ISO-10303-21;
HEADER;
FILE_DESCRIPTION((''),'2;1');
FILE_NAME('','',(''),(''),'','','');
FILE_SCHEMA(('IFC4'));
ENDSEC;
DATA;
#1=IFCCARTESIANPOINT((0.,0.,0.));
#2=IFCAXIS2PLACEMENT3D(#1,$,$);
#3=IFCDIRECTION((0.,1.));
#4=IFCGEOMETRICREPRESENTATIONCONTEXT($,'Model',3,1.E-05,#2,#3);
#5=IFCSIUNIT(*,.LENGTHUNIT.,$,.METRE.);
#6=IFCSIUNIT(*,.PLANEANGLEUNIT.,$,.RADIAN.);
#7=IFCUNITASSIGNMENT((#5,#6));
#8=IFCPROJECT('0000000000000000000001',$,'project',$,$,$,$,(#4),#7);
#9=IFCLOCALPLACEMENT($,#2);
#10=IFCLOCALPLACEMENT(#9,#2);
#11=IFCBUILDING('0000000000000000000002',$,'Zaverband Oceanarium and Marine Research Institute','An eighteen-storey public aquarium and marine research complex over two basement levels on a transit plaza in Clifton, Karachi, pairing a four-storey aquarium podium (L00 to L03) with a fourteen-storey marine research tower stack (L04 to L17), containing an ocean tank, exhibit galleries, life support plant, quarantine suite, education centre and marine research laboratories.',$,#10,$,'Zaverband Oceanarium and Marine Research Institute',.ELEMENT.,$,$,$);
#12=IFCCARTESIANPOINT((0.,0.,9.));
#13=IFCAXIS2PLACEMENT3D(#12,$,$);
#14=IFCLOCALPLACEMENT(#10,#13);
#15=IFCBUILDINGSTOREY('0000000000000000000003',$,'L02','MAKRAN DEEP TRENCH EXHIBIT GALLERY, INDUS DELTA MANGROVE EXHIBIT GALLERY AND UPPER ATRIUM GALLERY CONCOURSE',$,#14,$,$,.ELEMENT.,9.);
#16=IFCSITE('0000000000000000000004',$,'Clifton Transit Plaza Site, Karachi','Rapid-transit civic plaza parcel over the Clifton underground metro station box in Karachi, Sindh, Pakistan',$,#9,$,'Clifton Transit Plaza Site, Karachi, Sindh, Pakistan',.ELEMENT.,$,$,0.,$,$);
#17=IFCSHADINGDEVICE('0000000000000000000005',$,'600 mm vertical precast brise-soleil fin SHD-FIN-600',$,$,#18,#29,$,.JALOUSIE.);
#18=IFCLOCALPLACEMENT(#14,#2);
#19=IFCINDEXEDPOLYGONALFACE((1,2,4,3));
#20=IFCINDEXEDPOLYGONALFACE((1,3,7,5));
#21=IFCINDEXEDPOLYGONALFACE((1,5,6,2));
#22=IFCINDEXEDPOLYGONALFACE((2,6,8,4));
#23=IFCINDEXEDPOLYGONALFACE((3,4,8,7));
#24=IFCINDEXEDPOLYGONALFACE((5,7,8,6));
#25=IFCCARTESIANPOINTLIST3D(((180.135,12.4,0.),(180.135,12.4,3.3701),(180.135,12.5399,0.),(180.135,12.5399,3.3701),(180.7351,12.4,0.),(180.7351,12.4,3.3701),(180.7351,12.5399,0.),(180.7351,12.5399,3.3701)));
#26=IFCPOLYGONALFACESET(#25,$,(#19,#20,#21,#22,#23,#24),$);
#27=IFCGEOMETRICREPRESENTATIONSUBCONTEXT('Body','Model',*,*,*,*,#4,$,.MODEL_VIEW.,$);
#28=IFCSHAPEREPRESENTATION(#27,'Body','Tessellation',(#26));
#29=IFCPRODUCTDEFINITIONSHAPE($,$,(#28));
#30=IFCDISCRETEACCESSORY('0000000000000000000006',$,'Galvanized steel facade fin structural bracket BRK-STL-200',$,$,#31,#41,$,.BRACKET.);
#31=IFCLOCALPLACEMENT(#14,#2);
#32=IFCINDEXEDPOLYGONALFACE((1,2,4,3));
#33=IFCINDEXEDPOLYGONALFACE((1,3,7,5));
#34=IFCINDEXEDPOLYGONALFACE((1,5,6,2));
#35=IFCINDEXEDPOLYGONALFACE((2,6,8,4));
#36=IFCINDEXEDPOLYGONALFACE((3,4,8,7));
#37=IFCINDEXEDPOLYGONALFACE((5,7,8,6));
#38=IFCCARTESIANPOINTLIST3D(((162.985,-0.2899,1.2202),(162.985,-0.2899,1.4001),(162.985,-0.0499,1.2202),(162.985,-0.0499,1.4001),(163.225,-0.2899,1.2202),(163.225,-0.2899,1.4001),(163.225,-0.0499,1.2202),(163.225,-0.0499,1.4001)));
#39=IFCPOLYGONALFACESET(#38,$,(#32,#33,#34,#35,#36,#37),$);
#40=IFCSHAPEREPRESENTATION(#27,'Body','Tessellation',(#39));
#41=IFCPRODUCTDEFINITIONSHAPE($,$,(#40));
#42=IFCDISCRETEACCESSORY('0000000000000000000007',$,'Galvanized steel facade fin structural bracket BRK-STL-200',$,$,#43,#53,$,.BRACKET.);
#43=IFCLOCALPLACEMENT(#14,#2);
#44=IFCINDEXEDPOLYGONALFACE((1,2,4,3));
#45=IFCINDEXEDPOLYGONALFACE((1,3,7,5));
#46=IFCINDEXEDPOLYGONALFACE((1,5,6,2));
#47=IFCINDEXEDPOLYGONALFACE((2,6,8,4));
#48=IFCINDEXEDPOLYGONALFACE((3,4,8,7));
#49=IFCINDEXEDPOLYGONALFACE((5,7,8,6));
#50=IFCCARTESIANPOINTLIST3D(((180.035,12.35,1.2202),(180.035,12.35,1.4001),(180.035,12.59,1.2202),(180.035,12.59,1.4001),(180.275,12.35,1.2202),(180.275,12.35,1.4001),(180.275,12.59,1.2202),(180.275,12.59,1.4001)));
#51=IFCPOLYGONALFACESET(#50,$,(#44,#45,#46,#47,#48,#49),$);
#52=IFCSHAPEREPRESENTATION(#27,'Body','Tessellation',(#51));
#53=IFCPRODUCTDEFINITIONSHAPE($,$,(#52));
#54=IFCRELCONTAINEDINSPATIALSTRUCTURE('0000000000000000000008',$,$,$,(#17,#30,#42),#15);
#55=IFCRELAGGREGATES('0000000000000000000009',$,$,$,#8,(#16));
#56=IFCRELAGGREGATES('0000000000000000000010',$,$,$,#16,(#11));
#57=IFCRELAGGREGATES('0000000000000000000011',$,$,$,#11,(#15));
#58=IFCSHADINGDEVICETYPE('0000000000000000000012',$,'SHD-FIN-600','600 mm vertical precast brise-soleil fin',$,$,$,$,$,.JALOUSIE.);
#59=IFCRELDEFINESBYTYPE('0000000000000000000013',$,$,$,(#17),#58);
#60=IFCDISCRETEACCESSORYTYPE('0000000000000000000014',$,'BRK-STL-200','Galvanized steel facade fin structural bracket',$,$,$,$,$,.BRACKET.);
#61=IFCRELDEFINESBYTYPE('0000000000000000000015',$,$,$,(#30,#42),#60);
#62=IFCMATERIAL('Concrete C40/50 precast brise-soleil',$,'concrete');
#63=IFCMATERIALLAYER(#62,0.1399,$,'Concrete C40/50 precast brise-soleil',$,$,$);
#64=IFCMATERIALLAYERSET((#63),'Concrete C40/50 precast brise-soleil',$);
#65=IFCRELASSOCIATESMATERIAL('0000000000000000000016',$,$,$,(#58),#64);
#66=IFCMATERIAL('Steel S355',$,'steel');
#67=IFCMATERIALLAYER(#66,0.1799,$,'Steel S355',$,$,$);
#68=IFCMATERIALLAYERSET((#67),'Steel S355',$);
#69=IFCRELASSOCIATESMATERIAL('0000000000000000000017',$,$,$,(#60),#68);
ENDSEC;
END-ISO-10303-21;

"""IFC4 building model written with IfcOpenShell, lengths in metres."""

from ifc_helpers import new_model, si_unit, direction, frame, frame_2d, origin, origin_2d, place, context, subcontext, project, spatial, rectangle, extrude, material, layer, layer_set, type_object, element, save


model = new_model("IFC4")

# Units and contexts
model_context = context("Model", 3, precision=1e-05, world=origin(), true_north=direction((0.0, 1.0)))
body_context = subcontext(model_context, "Body", "Model", "MODEL_VIEW")
ifc_project = project(units=[si_unit("LENGTHUNIT", "METRE"), si_unit("PLANEANGLEUNIT", "RADIAN")], contexts=[model_context])

# Site, building, storey
site_placement = place(None, origin())
site = spatial("IfcSite", under=ifc_project, at=site_placement, Name="Clifton Transit Plaza Site, Karachi", Description="Rapid-transit civic plaza parcel over the Clifton underground metro station box in Karachi, Sindh, Pakistan", LongName="Clifton Transit Plaza Site, Karachi, Sindh, Pakistan", CompositionType="ELEMENT", RefElevation=0.0)
building_placement = place(site_placement, origin())
building = spatial("IfcBuilding", under=site, at=building_placement, Name="Zaverband Oceanarium and Marine Research Institute", Description="An eighteen-storey public aquarium and marine research complex over two basement levels on a transit plaza in Clifton, Karachi, pairing a four-storey aquarium podium (L00 to L03) with a fourteen-storey marine research tower stack (L04 to L17), containing an ocean tank, exhibit galleries, life support plant, quarantine suite, education centre and marine research laboratories.", LongName="Zaverband Oceanarium and Marine Research Institute", CompositionType="ELEMENT")
storey_placement = place(building_placement, frame((0.0, 0.0, 9.0)))
storey = spatial("IfcBuildingStorey", under=building, at=storey_placement, Name="L02", Description="MAKRAN DEEP TRENCH EXHIBIT GALLERY, INDUS DELTA MANGROVE EXHIBIT GALLERY AND UPPER ATRIUM GALLERY CONCOURSE", CompositionType="ELEMENT", Elevation=9.0)

# Shading device
ifc_material_1 = material(Name="Concrete C40/50 precast brise-soleil", Category="concrete")
ifc_layer_1 = layer(ifc_material_1, 0.1399, Name="Concrete C40/50 precast brise-soleil")
ifc_layer_set_1 = layer_set([ifc_layer_1], Name="Concrete C40/50 precast brise-soleil")
shading_device_type = type_object("IfcShadingDeviceType", Name="SHD-FIN-600", Description="600 mm vertical precast brise-soleil fin", PredefinedType="JALOUSIE", material=ifc_layer_set_1)
for number, where, z_axis, x_axis, name in (
    (1, (180.135, 12.47, 0.0), (0.0, 0.0, 1.0), (1.0, 0.0, 0.0), "600 mm vertical precast brise-soleil fin SHD-FIN-600"),
):
    element("IfcShadingDevice", number, at=place(storey_placement, frame(where, z_axis=z_axis, x_axis=x_axis)), inside=storey, type_object=shading_device_type, Name=name, PredefinedType="JALOUSIE", context=body_context, shape_type="SweptSolid", body=[
        extrude(rectangle(XDim=0.6001, YDim=0.1399, at=frame_2d((0.3, 0.0))), origin(), (0.0, 0.0, 1.0), 3.3701),
    ])

# Discrete accessories
ifc_material_2 = material(Name="Steel S355", Category="steel")
ifc_layer_2 = layer(ifc_material_2, 0.1799, Name="Steel S355")
ifc_layer_set_2 = layer_set([ifc_layer_2], Name="Steel S355")
discrete_accessory_type = type_object("IfcDiscreteAccessoryType", Name="BRK-STL-200", Description="Galvanized steel facade fin structural bracket", PredefinedType="BRACKET", material=ifc_layer_set_2)
for number, where, z_axis, x_axis, name in (
    (2, (163.105, -0.1699, 1.2202), (0.0, 0.0, 1.0), (1.0, 0.0, 0.0), "Galvanized steel facade fin structural bracket BRK-STL-200"),
    (3, (180.155, 12.47, 1.2202), (0.0, 0.0, 1.0), (1.0, 0.0, 0.0), "Galvanized steel facade fin structural bracket BRK-STL-200"),
):
    element("IfcDiscreteAccessory", number, at=place(storey_placement, frame(where, z_axis=z_axis, x_axis=x_axis)), inside=storey, type_object=discrete_accessory_type, Name=name, PredefinedType="BRACKET", context=body_context, shape_type="SweptSolid", body=[
        extrude(rectangle(XDim=0.24, YDim=0.24, at=origin_2d()), origin(), (0.0, 0.0, 1.0), 0.1799),
    ])

save(model, "model.ifc")
